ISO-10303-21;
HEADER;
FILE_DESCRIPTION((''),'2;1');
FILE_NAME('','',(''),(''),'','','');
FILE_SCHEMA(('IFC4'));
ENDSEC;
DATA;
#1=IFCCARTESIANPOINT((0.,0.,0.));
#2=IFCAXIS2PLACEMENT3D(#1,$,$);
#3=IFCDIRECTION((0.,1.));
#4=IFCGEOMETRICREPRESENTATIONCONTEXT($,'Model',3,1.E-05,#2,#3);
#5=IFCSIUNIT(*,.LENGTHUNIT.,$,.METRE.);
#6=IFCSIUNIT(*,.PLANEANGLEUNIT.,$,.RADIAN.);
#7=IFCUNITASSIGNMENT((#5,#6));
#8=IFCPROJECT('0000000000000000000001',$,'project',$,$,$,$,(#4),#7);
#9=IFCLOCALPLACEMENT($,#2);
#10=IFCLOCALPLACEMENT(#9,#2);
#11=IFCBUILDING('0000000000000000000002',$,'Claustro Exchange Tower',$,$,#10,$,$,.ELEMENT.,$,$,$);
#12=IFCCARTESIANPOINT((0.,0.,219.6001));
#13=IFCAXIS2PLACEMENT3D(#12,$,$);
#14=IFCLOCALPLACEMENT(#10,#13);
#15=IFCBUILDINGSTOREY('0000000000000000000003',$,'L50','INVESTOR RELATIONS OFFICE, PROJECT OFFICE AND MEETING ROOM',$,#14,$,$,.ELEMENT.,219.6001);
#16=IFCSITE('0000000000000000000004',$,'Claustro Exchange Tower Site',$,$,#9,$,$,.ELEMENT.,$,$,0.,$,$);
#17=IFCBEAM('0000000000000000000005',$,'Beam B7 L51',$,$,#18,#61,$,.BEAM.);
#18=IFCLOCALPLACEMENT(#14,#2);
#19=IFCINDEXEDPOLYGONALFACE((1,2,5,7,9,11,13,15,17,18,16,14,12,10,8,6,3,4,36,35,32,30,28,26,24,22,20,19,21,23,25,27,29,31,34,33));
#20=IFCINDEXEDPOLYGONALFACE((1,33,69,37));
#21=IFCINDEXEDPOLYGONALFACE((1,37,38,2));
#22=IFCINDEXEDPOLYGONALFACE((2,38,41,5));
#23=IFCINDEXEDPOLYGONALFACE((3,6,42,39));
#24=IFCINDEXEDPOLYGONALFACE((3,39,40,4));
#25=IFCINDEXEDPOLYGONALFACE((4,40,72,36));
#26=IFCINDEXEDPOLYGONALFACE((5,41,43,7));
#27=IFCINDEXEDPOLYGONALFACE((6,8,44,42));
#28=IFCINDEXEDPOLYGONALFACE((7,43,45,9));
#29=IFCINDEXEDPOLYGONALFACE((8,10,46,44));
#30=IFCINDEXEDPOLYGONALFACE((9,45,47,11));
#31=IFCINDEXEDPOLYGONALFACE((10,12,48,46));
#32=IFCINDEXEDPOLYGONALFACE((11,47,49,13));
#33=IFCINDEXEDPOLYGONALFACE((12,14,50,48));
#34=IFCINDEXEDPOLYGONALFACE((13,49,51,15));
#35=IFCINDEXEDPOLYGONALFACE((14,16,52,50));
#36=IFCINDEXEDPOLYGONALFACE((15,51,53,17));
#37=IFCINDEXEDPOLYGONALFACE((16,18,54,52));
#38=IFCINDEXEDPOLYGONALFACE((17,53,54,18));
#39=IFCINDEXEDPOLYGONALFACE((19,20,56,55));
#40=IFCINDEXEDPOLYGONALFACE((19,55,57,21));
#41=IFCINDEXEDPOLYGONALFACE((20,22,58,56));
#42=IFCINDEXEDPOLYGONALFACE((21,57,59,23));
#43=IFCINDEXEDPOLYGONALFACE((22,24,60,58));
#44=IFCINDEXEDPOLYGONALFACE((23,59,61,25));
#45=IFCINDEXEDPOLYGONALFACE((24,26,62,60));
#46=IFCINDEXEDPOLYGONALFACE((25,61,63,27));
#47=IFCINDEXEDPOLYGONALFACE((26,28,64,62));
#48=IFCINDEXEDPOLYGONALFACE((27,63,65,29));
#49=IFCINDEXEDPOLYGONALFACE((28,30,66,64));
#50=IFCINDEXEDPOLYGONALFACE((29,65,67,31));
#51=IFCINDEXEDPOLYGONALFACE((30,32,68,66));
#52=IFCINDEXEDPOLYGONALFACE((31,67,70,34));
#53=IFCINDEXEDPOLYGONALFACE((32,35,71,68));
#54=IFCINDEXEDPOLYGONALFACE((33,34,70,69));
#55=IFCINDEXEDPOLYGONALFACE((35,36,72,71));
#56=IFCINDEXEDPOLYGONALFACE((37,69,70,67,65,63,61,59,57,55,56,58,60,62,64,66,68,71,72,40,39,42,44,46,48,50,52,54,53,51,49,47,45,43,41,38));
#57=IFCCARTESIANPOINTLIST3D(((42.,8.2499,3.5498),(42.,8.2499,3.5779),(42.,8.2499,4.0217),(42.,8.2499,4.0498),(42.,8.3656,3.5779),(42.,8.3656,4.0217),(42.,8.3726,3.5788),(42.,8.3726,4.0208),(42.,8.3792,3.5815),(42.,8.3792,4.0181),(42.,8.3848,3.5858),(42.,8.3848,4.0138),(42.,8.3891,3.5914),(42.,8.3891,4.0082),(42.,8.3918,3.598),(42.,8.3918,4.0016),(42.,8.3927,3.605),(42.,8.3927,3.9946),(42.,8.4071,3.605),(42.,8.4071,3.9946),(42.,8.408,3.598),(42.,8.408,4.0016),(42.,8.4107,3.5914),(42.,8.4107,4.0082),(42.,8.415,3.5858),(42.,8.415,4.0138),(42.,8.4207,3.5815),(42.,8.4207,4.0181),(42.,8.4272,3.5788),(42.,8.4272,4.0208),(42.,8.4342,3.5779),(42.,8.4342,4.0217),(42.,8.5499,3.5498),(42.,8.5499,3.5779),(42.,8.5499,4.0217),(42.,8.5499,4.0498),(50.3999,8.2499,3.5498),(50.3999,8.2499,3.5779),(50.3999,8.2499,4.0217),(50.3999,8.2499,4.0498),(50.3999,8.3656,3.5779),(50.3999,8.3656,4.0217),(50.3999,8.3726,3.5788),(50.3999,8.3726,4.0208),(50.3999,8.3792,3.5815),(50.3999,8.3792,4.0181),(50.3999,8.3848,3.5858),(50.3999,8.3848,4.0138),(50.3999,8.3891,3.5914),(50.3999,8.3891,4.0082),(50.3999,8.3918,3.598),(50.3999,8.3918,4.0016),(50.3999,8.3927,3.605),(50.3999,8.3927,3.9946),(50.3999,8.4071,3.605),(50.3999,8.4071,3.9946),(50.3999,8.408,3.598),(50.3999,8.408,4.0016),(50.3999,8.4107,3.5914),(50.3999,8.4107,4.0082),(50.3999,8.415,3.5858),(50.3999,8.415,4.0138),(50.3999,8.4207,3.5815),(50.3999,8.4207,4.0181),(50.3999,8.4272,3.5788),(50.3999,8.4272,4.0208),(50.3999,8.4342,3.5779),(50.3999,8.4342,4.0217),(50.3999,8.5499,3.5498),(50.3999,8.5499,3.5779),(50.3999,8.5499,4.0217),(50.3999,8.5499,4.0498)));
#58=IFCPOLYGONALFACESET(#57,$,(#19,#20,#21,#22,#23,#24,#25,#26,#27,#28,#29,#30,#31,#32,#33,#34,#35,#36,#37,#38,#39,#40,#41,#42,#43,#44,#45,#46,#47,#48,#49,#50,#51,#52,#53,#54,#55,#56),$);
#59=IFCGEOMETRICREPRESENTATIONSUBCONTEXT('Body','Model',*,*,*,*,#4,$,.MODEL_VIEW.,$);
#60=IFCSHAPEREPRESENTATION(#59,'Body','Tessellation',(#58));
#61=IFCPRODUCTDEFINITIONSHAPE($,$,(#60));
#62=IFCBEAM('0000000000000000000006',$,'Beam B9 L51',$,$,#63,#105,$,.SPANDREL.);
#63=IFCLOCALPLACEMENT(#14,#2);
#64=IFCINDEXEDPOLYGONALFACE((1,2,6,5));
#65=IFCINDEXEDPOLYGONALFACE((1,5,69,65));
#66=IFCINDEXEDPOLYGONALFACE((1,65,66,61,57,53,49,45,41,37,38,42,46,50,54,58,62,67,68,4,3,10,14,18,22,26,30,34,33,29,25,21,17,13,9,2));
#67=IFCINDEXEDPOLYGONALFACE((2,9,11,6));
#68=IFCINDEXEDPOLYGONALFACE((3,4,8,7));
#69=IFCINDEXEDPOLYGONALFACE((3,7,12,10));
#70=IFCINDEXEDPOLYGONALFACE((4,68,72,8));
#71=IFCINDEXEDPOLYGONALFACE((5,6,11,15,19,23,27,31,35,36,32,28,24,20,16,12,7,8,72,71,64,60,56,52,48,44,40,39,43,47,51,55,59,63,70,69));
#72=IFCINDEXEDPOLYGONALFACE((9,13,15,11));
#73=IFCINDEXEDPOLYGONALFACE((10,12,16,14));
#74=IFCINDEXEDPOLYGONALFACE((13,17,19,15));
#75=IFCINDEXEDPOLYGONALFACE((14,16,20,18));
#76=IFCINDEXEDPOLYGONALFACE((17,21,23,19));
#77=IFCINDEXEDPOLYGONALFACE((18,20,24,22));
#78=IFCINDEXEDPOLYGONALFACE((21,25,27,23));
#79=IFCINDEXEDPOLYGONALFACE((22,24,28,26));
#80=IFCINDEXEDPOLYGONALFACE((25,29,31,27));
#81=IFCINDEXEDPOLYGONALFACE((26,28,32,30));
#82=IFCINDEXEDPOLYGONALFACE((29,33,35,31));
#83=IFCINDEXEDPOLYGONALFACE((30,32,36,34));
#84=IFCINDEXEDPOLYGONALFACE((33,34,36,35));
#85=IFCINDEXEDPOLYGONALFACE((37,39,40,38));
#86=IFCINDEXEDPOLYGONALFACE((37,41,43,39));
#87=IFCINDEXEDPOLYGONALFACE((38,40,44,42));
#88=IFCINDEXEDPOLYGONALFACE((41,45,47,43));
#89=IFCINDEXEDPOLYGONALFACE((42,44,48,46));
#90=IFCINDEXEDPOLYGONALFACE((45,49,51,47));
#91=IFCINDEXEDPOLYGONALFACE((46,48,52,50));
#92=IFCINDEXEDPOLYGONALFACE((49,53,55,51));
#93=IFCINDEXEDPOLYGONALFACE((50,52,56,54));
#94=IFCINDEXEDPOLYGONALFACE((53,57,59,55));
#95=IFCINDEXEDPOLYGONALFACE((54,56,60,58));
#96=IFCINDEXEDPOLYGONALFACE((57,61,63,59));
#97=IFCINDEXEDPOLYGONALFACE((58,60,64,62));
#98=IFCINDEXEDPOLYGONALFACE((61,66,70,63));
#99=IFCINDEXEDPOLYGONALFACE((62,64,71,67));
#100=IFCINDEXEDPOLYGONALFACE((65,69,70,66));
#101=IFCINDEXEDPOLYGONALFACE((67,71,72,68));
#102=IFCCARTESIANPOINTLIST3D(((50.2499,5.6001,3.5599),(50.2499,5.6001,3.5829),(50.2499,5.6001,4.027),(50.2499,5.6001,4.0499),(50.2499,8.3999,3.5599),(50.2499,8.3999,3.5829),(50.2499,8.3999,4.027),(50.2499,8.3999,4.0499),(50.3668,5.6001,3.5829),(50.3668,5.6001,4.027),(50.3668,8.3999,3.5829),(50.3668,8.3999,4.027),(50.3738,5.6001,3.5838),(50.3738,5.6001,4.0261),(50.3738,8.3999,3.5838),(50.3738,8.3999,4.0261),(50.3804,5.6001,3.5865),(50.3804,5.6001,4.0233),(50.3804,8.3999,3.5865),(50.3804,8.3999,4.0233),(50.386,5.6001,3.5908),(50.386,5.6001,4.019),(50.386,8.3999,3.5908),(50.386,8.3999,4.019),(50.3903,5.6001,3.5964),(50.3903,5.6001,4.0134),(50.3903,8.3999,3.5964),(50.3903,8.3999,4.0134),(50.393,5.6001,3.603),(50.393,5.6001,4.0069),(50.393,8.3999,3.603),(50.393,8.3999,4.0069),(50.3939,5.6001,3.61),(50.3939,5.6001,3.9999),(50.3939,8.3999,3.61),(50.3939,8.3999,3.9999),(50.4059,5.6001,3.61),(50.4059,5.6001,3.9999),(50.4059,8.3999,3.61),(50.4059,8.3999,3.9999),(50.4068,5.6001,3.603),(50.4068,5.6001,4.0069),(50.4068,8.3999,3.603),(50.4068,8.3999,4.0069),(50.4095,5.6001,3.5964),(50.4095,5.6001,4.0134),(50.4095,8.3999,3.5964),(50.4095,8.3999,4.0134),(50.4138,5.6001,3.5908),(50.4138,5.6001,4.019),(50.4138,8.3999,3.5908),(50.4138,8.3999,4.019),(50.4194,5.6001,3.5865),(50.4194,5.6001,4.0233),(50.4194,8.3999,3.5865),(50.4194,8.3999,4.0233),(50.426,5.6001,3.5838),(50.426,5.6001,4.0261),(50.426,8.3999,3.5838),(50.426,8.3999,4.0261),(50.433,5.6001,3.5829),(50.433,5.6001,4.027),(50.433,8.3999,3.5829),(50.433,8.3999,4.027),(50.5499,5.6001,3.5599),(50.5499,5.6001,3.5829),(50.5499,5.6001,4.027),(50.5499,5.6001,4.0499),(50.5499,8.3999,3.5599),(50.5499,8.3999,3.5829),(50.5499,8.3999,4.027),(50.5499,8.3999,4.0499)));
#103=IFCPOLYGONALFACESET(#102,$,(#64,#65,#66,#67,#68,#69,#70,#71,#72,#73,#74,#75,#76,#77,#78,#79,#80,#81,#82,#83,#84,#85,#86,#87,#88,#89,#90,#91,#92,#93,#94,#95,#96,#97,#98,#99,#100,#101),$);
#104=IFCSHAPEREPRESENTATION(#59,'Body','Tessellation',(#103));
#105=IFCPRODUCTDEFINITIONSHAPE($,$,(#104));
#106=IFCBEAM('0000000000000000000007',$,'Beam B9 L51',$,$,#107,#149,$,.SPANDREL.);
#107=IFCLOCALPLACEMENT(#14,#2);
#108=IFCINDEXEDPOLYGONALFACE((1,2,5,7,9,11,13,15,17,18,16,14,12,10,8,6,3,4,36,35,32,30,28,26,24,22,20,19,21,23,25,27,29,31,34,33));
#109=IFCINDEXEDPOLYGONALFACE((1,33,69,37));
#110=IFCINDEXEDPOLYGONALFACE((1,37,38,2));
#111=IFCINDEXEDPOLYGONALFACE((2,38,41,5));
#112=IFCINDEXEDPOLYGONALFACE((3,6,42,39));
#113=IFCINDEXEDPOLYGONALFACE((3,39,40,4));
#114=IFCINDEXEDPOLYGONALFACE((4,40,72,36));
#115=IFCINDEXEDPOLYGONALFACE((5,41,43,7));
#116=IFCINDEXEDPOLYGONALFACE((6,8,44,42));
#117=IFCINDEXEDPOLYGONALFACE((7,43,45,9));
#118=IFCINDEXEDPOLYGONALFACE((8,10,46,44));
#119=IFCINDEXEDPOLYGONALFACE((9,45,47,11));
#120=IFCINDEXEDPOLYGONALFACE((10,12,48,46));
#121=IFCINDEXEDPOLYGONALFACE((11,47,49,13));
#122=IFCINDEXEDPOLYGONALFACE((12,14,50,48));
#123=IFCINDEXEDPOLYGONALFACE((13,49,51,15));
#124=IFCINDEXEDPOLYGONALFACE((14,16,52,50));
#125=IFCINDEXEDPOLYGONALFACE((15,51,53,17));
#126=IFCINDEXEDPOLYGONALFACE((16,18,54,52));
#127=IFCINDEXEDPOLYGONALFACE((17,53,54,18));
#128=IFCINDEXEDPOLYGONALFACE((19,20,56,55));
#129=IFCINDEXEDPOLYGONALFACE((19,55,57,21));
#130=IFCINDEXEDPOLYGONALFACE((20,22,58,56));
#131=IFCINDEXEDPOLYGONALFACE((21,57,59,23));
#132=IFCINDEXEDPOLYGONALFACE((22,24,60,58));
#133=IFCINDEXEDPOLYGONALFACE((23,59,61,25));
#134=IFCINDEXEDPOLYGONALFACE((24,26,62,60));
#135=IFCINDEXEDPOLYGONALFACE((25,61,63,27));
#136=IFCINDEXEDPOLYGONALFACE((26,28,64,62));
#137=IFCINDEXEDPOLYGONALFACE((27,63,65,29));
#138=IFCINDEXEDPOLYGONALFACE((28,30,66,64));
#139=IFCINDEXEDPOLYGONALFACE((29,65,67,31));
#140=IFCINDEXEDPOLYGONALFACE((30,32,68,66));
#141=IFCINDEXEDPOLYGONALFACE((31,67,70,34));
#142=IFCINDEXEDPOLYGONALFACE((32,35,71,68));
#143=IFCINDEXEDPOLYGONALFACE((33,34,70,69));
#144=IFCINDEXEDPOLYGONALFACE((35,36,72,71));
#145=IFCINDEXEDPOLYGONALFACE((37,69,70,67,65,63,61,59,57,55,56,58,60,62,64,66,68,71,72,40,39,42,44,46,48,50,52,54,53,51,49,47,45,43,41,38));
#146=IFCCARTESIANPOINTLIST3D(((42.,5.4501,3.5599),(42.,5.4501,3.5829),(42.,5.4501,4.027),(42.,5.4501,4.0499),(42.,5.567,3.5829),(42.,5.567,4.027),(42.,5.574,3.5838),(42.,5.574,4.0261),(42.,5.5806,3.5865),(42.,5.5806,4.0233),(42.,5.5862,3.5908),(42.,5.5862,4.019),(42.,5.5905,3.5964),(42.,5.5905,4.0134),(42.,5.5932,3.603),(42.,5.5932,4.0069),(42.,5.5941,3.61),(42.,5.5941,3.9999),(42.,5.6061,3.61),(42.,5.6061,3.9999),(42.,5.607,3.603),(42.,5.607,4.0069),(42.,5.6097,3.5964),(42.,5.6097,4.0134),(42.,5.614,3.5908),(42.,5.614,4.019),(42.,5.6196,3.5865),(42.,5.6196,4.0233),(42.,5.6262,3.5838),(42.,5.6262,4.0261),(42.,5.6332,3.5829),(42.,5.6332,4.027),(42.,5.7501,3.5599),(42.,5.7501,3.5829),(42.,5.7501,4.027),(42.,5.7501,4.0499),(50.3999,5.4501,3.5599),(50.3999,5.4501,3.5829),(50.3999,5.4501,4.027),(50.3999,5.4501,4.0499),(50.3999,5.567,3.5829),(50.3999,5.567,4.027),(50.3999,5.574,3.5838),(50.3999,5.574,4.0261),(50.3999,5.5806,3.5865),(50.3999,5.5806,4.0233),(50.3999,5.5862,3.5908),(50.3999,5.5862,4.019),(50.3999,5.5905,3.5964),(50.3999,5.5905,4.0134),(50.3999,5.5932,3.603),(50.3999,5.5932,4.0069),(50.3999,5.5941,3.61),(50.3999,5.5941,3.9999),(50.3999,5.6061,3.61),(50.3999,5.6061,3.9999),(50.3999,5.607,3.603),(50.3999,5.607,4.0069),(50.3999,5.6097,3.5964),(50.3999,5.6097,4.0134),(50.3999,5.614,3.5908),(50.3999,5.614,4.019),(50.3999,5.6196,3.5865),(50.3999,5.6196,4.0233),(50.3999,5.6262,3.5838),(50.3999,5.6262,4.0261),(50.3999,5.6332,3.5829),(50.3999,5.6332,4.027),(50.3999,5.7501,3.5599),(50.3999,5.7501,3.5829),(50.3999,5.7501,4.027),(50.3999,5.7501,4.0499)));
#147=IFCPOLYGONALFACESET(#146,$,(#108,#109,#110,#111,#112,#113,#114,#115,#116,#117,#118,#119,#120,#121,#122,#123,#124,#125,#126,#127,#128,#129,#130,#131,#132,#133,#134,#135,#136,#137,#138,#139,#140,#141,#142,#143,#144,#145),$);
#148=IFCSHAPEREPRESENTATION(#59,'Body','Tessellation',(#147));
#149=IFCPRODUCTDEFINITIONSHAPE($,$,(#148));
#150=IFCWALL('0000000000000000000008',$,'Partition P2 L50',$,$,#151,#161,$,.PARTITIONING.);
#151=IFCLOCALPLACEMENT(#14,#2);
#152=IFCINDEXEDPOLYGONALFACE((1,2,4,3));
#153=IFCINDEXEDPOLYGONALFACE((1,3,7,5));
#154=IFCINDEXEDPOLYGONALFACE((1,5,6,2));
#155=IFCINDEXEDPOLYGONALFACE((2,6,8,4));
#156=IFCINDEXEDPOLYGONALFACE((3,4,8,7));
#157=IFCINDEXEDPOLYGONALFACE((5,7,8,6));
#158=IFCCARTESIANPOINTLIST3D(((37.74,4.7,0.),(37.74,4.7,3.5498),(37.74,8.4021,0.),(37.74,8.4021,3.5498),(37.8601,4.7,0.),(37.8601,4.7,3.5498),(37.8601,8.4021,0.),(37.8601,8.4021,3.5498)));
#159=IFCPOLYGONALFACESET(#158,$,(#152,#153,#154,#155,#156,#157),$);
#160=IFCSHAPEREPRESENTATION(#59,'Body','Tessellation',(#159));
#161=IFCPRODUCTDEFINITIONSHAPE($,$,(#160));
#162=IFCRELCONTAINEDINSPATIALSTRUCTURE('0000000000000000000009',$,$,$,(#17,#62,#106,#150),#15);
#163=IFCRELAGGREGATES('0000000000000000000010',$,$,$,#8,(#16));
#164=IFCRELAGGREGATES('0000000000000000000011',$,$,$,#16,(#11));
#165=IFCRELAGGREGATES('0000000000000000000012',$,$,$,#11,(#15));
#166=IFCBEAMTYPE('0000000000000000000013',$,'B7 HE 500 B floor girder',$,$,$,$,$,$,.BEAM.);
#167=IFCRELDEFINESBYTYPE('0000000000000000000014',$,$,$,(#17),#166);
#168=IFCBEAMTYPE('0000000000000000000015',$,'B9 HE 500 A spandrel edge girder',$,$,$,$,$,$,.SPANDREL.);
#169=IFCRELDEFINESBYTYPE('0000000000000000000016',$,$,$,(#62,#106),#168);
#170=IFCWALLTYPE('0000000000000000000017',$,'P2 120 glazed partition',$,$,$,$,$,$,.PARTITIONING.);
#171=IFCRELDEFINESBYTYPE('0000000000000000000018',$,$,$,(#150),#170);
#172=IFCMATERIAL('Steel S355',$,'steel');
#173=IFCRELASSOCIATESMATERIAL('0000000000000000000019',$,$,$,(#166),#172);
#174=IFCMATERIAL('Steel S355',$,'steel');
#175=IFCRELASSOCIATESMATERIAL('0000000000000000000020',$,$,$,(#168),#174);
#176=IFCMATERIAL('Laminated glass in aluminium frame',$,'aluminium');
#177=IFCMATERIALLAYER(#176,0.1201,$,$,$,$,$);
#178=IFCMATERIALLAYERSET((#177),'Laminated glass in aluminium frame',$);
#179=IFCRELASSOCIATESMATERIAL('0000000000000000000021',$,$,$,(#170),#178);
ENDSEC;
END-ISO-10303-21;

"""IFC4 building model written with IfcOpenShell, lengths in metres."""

from ifc_helpers import new_model, si_unit, direction, frame, frame_2d, origin, origin_2d, place, context, subcontext, project, spatial, rectangle, i_section, extrude, material, layer, layer_set, material_profile, profile_set, type_object, element, save


model = new_model("IFC4")

# Units and contexts
model_context = context("Model", 3, precision=1e-05, world=origin(), true_north=direction((0.0, 1.0)))
body_context = subcontext(model_context, "Body", "Model", "MODEL_VIEW")
ifc_project = project(units=[si_unit("LENGTHUNIT", "METRE"), si_unit("PLANEANGLEUNIT", "RADIAN")], contexts=[model_context])

# Site, building, storey
site_placement = place(None, origin())
site = spatial("IfcSite", under=ifc_project, at=site_placement, Name="Claustro Exchange Tower Site", CompositionType="ELEMENT", RefElevation=0.0)
building_placement = place(site_placement, origin())
building = spatial("IfcBuilding", under=site, at=building_placement, Name="Claustro Exchange Tower", CompositionType="ELEMENT")
storey_placement = place(building_placement, frame((0.0, 0.0, 219.6001)))
storey = spatial("IfcBuildingStorey", under=building, at=storey_placement, Name="L50", Description="INVESTOR RELATIONS OFFICE, PROJECT OFFICE AND MEETING ROOM", CompositionType="ELEMENT", Elevation=219.6001)

# Beams
ifc_material_1 = material(Name="Steel S355", Category="steel")
ifc_material_profile_1 = material_profile(ifc_material_1, i_section(OverallWidth=0.3, OverallDepth=0.5, WebThickness=0.0144, FlangeThickness=0.0281, FilletRadius=0.0271, at=origin_2d()), Name="HE 500 B")
ifc_profile_set_1 = profile_set([ifc_material_profile_1], Name="Steel S355")
beam_type_1 = type_object("IfcBeamType", Name="B7 HE 500 B floor girder", PredefinedType="BEAM", material=ifc_profile_set_1)
beam_1_placement = place(storey_placement, frame((42.0, 8.3999, 3.7998), z_axis=(1.0, 0.0, 0.0), x_axis=(0.0, 1.0, 0.0)))
element("IfcBeam", 1, at=beam_1_placement, inside=storey, type_object=beam_type_1, Name="Beam B7 L51", PredefinedType="BEAM", context=body_context, shape_type="SweptSolid", body=[
    extrude(i_section(OverallWidth=0.3, OverallDepth=0.5, WebThickness=0.0144, FlangeThickness=0.0281, FilletRadius=0.0271, at=origin_2d()), origin(), (0.0, 0.0, 1.0), 8.3999),
])
ifc_material_2 = material(Name="Steel S355", Category="steel")
ifc_material_profile_2 = material_profile(ifc_material_2, i_section(OverallWidth=0.3, OverallDepth=0.49, WebThickness=0.012, FlangeThickness=0.0229, FilletRadius=0.0271, at=origin_2d()), Name="HE 500 A")
ifc_profile_set_2 = profile_set([ifc_material_profile_2], Name="Steel S355")
beam_type_2 = type_object("IfcBeamType", Name="B9 HE 500 A spandrel edge girder", PredefinedType="SPANDREL", material=ifc_profile_set_2)
beam_2_placement = place(storey_placement, frame((50.3999, 5.6001, 3.8049), z_axis=(0.0, 1.0, 0.0), x_axis=(-1.0, 0.0, 0.0)))
element("IfcBeam", 2, at=beam_2_placement, inside=storey, type_object=beam_type_2, Name="Beam B9 L51", PredefinedType="SPANDREL", context=body_context, shape_type="SweptSolid", body=[
    extrude(i_section(OverallWidth=0.3, OverallDepth=0.49, WebThickness=0.012, FlangeThickness=0.0229, FilletRadius=0.0271, at=origin_2d()), origin(), (0.0, 0.0, 1.0), 2.7998),
])
beam_3_placement = place(storey_placement, frame((42.0, 5.6001, 3.8049), z_axis=(1.0, 0.0, 0.0), x_axis=(0.0, 1.0, 0.0)))
element("IfcBeam", 3, at=beam_3_placement, inside=storey, type_object=beam_type_2, Name="Beam B9 L51", PredefinedType="SPANDREL", context=body_context, shape_type="SweptSolid", body=[
    extrude(i_section(OverallWidth=0.3, OverallDepth=0.49, WebThickness=0.012, FlangeThickness=0.0229, FilletRadius=0.0271, at=origin_2d()), origin(), (0.0, 0.0, 1.0), 8.3999),
])

# Wall
ifc_material_3 = material(Name="Laminated glass in aluminium frame", Category="aluminium")
ifc_layer_1 = layer(ifc_material_3, 0.1201)
ifc_layer_set_1 = layer_set([ifc_layer_1], Name="Laminated glass in aluminium frame")
wall_type_1 = type_object("IfcWallType", Name="P2 120 glazed partition", PredefinedType="PARTITIONING", material=ifc_layer_set_1)
wall_1_placement = place(storey_placement, frame((37.8, 4.7, 0.0), z_axis=(0.0, 0.0, 1.0), x_axis=(0.0, 1.0, 0.0)))
element("IfcWall", 4, at=wall_1_placement, inside=storey, type_object=wall_type_1, Name="Partition P2 L50", PredefinedType="PARTITIONING", context=body_context, shape_type="SweptSolid", body=[
    extrude(rectangle(XDim=3.7021, YDim=0.1201, at=frame_2d((1.8511, 0.0))), origin(), (0.0, 0.0, 1.0), 3.5498),
])

save(model, "model.ifc")
